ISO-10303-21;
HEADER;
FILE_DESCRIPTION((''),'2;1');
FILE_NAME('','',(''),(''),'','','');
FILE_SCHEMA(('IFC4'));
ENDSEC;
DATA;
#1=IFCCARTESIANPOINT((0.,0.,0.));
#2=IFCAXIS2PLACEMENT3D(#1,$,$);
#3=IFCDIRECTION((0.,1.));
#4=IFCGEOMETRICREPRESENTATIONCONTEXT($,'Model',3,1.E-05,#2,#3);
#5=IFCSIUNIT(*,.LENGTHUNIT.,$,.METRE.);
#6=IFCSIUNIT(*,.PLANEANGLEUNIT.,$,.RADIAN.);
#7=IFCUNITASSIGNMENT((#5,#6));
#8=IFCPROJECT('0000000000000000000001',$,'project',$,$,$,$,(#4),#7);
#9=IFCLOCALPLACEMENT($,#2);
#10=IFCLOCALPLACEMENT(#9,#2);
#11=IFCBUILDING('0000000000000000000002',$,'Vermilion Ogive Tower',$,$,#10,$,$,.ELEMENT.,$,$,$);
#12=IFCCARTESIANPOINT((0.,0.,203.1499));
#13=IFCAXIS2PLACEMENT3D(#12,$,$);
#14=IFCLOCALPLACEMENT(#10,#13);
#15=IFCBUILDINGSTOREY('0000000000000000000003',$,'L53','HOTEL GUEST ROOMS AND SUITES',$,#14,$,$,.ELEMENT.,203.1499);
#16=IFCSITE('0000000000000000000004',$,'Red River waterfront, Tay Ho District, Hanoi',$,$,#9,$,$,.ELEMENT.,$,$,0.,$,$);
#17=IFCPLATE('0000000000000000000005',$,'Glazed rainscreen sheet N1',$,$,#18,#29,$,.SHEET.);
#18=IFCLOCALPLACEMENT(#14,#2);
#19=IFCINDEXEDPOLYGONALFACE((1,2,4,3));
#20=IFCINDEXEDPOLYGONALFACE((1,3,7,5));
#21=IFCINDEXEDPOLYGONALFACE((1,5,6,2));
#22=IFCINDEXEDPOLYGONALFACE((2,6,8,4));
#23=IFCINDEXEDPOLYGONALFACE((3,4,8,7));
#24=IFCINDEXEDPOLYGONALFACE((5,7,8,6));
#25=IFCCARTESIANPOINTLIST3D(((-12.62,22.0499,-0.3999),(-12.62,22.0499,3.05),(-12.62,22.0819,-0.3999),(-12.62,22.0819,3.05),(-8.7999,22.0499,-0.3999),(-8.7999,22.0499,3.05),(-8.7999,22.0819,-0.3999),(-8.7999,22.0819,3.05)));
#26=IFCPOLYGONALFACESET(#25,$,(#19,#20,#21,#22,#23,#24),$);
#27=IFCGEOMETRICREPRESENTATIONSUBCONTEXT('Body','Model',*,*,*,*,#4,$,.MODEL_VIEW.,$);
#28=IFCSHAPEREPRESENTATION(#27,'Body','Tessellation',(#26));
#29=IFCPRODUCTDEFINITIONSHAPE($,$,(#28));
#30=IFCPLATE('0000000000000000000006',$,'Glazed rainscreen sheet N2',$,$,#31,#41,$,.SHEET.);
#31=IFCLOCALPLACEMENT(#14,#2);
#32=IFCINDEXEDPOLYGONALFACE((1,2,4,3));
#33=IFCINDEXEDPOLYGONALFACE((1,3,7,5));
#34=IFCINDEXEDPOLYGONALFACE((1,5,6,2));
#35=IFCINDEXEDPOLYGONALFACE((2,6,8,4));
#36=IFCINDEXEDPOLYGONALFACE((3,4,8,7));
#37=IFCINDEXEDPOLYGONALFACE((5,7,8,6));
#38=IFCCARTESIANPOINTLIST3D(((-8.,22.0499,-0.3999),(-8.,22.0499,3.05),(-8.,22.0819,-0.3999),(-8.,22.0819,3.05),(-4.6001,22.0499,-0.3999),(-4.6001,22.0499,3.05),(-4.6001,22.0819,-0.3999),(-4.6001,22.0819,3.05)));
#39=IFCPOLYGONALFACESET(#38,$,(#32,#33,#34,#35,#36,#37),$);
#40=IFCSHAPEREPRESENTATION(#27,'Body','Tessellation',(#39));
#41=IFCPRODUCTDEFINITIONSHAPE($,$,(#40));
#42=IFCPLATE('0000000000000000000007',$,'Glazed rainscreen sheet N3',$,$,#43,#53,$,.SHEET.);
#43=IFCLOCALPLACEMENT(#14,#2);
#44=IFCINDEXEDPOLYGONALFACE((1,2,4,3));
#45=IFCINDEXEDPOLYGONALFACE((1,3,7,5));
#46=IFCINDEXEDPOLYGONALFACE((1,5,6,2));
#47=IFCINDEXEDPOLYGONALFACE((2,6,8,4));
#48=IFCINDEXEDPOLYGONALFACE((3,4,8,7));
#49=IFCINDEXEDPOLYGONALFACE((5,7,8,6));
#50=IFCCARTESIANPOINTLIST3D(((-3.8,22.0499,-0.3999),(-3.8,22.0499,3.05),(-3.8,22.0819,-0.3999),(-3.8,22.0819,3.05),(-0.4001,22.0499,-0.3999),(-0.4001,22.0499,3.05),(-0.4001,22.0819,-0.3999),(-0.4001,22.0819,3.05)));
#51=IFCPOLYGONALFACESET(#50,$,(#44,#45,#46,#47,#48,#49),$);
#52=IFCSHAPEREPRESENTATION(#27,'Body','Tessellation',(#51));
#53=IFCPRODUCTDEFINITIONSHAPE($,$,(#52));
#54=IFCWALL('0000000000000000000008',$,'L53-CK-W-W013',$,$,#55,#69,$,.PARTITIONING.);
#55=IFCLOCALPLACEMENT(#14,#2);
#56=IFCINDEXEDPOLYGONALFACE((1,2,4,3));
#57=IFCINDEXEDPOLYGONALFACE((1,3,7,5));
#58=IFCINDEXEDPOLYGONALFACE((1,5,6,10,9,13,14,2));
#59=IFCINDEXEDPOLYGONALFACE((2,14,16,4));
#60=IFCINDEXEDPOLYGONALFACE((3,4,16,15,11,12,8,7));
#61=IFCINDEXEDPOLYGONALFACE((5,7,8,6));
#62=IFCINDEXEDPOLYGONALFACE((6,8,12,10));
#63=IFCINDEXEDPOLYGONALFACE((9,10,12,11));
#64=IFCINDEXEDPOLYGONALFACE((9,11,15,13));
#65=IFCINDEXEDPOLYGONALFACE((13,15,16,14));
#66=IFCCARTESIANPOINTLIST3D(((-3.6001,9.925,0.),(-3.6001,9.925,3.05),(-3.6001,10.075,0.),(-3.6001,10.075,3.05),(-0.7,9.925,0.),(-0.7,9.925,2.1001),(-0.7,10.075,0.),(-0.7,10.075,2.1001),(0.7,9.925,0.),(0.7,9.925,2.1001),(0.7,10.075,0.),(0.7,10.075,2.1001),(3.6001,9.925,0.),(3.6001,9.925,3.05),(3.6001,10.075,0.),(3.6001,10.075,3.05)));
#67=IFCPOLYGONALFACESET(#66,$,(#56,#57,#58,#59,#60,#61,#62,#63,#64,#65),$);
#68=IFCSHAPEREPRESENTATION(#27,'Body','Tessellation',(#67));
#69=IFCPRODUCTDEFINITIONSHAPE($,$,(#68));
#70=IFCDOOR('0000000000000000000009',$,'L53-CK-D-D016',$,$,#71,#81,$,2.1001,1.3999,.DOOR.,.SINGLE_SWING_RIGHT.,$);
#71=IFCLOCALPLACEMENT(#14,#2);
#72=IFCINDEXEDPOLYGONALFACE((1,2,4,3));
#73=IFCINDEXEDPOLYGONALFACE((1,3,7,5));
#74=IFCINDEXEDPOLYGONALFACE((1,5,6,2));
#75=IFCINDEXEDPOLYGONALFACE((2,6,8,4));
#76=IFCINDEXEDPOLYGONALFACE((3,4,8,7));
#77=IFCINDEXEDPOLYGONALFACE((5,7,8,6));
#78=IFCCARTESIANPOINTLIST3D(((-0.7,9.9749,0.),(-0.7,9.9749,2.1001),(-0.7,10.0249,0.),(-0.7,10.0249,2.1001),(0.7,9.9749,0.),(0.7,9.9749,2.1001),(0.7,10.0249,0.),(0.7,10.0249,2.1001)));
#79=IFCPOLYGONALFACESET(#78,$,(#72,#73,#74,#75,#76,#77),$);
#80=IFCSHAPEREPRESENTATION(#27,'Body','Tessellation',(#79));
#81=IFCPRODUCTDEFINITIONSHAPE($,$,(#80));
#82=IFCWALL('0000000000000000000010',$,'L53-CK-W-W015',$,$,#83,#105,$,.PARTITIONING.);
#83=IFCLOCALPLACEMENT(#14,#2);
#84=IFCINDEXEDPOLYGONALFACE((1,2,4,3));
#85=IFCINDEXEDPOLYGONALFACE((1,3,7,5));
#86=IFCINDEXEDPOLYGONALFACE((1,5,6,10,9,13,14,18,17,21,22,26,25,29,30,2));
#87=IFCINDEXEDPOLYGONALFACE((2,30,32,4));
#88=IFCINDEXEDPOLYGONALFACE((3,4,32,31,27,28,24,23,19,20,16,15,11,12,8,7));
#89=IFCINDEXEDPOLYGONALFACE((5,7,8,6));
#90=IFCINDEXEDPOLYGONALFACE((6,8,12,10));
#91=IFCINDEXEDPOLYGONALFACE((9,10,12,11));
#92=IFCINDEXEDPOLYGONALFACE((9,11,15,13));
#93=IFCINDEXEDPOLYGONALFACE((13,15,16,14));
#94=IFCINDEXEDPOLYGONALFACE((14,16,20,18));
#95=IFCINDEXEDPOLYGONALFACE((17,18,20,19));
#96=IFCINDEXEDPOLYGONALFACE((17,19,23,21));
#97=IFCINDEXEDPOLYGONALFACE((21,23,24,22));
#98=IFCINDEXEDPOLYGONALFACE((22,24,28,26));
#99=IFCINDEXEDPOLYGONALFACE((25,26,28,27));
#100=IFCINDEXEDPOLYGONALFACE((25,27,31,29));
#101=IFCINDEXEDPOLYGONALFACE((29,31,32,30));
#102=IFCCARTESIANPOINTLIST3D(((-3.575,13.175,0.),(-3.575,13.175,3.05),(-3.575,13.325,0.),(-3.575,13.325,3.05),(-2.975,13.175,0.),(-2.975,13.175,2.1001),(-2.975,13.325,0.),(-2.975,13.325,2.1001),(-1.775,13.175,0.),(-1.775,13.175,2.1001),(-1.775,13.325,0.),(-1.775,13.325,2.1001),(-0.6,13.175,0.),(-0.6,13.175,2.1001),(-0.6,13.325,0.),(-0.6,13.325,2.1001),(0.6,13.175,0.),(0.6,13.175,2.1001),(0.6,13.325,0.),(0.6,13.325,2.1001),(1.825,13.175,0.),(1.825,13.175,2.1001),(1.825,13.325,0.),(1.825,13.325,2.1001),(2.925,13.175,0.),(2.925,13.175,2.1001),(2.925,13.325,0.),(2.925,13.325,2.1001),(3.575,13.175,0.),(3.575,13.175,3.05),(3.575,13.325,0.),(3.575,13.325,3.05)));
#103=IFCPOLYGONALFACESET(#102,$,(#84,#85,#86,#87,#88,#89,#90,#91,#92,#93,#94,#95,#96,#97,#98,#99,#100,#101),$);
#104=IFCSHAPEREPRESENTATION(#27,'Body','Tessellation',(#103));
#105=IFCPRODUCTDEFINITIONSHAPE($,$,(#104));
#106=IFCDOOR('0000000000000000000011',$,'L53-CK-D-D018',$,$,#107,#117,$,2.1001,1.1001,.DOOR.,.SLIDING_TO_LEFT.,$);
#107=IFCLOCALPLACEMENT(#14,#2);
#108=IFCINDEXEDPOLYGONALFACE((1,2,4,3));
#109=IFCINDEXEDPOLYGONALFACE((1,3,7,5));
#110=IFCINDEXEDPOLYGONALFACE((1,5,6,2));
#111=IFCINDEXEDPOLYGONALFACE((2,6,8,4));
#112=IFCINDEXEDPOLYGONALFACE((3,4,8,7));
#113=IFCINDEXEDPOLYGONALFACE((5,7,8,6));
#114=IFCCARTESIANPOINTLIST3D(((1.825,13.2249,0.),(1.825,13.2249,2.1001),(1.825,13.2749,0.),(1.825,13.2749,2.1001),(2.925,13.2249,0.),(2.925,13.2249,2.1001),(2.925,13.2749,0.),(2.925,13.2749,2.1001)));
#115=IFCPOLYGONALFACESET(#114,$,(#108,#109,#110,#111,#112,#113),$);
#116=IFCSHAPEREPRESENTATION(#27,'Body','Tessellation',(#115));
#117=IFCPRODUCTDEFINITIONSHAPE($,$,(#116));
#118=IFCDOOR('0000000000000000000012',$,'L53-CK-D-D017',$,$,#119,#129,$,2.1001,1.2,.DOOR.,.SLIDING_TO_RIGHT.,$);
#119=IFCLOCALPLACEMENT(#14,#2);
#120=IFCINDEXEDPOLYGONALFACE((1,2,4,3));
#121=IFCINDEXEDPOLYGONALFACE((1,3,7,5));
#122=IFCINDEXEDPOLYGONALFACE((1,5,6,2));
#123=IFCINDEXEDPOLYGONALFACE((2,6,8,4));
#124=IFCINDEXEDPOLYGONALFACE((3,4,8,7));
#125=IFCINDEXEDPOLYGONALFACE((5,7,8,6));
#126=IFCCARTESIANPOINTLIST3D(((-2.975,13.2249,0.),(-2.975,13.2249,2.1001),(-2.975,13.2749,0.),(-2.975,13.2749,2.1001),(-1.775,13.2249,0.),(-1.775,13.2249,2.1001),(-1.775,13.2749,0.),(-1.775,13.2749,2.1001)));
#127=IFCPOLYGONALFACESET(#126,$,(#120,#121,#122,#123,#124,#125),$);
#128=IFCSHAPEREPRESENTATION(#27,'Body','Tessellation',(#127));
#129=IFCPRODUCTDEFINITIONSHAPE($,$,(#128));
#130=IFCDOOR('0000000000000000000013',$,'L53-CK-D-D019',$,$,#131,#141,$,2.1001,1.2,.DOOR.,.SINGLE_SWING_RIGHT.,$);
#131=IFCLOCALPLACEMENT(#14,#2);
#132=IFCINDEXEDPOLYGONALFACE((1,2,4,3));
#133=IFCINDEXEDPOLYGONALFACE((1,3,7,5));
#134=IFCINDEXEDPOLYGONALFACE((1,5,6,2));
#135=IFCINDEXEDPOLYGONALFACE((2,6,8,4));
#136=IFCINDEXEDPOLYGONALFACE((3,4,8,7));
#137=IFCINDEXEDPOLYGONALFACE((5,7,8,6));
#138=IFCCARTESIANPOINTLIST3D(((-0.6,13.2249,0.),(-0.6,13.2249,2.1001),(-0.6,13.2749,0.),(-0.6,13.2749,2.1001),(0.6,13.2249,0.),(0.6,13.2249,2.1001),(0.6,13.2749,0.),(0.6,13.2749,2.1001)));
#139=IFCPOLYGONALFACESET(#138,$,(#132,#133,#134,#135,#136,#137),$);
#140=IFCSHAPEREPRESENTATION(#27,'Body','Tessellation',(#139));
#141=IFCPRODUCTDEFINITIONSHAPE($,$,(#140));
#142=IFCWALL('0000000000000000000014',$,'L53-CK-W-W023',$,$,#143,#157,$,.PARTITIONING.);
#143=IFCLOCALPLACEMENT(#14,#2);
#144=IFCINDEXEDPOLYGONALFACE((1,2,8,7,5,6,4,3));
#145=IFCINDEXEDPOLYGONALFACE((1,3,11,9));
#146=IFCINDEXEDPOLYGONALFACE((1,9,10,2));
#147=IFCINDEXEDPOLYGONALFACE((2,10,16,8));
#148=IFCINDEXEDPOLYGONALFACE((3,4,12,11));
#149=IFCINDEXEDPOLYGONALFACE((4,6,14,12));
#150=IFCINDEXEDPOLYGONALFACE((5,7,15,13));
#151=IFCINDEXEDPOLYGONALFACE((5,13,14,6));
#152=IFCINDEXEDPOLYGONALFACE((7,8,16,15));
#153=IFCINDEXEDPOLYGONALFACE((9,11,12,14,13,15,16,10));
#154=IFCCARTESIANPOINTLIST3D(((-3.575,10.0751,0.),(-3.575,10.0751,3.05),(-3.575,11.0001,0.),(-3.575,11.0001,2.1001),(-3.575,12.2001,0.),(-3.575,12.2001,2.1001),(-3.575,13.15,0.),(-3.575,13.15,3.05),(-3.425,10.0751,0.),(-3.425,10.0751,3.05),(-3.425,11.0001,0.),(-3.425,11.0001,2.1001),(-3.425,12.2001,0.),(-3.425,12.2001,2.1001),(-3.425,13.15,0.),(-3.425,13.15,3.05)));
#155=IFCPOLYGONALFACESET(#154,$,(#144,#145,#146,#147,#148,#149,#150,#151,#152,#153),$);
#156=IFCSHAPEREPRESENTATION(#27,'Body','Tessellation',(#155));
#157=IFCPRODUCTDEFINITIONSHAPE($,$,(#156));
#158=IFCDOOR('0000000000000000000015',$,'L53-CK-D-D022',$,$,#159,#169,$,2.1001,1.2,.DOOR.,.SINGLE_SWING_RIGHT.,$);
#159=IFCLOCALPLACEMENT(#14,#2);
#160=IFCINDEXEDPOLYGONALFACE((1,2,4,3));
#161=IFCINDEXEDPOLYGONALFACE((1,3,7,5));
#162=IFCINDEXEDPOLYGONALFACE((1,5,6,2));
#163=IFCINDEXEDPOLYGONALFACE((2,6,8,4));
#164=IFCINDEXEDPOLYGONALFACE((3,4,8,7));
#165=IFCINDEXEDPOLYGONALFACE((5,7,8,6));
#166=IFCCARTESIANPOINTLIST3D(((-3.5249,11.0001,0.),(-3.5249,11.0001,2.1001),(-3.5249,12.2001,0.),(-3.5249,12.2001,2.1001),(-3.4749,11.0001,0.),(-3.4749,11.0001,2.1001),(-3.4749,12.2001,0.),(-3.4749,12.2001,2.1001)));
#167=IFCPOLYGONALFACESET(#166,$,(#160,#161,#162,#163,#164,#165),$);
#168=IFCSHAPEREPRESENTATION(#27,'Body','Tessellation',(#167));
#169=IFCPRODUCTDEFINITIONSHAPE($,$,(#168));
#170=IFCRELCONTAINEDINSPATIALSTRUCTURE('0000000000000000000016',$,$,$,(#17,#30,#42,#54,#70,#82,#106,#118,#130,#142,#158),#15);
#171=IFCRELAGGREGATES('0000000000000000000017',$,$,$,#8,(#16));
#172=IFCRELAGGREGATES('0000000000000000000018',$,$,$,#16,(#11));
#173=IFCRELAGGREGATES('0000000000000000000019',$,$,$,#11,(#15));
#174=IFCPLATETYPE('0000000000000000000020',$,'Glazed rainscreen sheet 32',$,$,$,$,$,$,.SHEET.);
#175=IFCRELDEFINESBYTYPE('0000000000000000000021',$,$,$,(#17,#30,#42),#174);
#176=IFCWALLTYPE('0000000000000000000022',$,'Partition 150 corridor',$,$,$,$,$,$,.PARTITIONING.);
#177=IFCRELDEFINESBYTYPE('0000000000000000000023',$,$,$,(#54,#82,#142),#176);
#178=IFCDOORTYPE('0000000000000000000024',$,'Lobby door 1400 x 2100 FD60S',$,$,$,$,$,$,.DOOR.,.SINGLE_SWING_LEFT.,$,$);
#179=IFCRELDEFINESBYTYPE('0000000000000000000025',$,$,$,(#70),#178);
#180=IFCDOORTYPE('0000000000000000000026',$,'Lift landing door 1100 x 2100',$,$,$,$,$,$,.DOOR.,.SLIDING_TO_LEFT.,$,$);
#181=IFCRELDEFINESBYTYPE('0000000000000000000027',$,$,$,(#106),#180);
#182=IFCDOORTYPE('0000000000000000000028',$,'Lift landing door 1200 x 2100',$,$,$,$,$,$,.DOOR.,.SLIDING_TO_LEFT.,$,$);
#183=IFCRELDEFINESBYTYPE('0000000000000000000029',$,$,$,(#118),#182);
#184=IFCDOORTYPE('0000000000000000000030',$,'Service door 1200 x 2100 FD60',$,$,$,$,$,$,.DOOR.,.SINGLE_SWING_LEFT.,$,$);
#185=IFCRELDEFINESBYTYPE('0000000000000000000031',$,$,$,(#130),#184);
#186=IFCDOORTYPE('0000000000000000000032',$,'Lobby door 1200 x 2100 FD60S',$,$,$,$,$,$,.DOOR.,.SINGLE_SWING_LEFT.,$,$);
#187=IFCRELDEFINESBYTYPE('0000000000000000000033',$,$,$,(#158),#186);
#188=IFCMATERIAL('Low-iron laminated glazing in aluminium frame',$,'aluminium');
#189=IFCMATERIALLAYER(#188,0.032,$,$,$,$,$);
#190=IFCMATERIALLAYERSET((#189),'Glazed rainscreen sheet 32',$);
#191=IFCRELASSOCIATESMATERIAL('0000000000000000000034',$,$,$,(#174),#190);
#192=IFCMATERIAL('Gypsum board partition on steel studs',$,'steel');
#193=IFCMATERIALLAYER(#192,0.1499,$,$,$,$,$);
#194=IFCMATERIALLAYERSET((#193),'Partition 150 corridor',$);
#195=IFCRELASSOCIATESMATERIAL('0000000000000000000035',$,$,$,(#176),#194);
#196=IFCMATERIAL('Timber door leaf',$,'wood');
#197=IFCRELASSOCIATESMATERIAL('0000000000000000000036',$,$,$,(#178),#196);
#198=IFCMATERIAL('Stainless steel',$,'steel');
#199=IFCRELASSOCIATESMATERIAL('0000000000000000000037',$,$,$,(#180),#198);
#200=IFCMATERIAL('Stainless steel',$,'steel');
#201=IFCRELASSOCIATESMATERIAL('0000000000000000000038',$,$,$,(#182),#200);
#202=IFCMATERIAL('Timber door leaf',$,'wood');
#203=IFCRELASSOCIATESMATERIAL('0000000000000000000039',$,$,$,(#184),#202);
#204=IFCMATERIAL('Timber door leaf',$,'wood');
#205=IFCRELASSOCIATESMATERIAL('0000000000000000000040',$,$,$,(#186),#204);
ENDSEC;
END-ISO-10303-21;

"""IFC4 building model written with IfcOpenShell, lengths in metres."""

from ifc_helpers import new_model, si_unit, direction, frame, frame_2d, origin, origin_2d, place, context, subcontext, project, spatial, rectangle, extrude, material, layer, layer_set, type_object, element, fill, save


model = new_model("IFC4")

# Units and contexts
model_context = context("Model", 3, precision=1e-05, world=origin(), true_north=direction((0.0, 1.0)))
body_context = subcontext(model_context, "Body", "Model", "MODEL_VIEW")
ifc_project = project(units=[si_unit("LENGTHUNIT", "METRE"), si_unit("PLANEANGLEUNIT", "RADIAN")], contexts=[model_context])

# Site, building, storey
site_placement = place(None, origin())
site = spatial("IfcSite", under=ifc_project, at=site_placement, Name="Red River waterfront, Tay Ho District, Hanoi", CompositionType="ELEMENT", RefElevation=0.0)
building_placement = place(site_placement, origin())
building = spatial("IfcBuilding", under=site, at=building_placement, Name="Vermilion Ogive Tower", CompositionType="ELEMENT")
storey_placement = place(building_placement, frame((0.0, 0.0, 203.1499)))
storey = spatial("IfcBuildingStorey", under=building, at=storey_placement, Name="L53", Description="HOTEL GUEST ROOMS AND SUITES", CompositionType="ELEMENT", Elevation=203.1499)

# Plates
ifc_material_1 = material(Name="Low-iron laminated glazing in aluminium frame", Category="aluminium")
ifc_layer_1 = layer(ifc_material_1, 0.032)
ifc_layer_set_1 = layer_set([ifc_layer_1], Name="Glazed rainscreen sheet 32")
plate_type = type_object("IfcPlateType", Name="Glazed rainscreen sheet 32", PredefinedType="SHEET", material=ifc_layer_set_1)
plate_placement = place(storey_placement, frame((-10.71, 22.0659, -0.3999), z_axis=(0.0, 0.0, 1.0), x_axis=(1.0, 0.0, 0.0)))
element("IfcPlate", 1, at=plate_placement, inside=storey, type_object=plate_type, Name="Glazed rainscreen sheet N1", PredefinedType="SHEET", context=body_context, shape_type="SweptSolid", body=[
    extrude(rectangle(XDim=3.8201, YDim=0.032, at=origin_2d()), origin(), (0.0, 0.0, 1.0), 3.45),
])
for number, where, z_axis, x_axis, name in (
    (2, (-6.3, 22.0659, -0.3999), (0.0, 0.0, 1.0), (1.0, 0.0, 0.0), "Glazed rainscreen sheet N2"),
    (3, (-2.1001, 22.0659, -0.3999), (0.0, 0.0, 1.0), (1.0, 0.0, 0.0), "Glazed rainscreen sheet N3"),
):
    element("IfcPlate", number, at=place(storey_placement, frame(where, z_axis=z_axis, x_axis=x_axis)), inside=storey, type_object=plate_type, Name=name, PredefinedType="SHEET", context=body_context, shape_type="SweptSolid", body=[
        extrude(rectangle(XDim=3.3999, YDim=0.032, at=origin_2d()), origin(), (0.0, 0.0, 1.0), 3.45),
    ])

# Wall, opening, door
ifc_material_2 = material(Name="Gypsum board partition on steel studs", Category="steel")
ifc_layer_2 = layer(ifc_material_2, 0.1499)
ifc_layer_set_2 = layer_set([ifc_layer_2], Name="Partition 150 corridor")
wall_type_1 = type_object("IfcWallType", Name="Partition 150 corridor", PredefinedType="PARTITIONING", material=ifc_layer_set_2)
wall_1_placement = place(storey_placement, frame((-3.6001, 10.0, 0.0), z_axis=(0.0, 0.0, 1.0), x_axis=(1.0, 0.0, 0.0)))
wall_1 = element("IfcWall", 4, at=wall_1_placement, inside=storey, type_object=wall_type_1, Name="L53-CK-W-W013", PredefinedType="PARTITIONING", context=body_context, shape_type="SweptSolid", body=[
    extrude(rectangle(XDim=7.2002, YDim=0.1499, at=frame_2d((3.6001, 0.0))), origin(), (0.0, 0.0, 1.0), 3.05),
])
opening_1_placement = place(wall_1_placement, frame((2.9001, 0.0, 0.0)))
opening_1 = element("IfcOpeningElement", 5, at=opening_1_placement, cuts=wall_1, PredefinedType="OPENING", context=body_context, shape_type="SweptSolid", body=[
    extrude(rectangle(XDim=1.3999, YDim=2.1001, at=frame_2d((0.7, 1.05))), frame((0.0, 0.085, 0.0), z_axis=(0.0, -1.0, 0.0), x_axis=(1.0, 0.0, 0.0)), (0.0, 0.0, 1.0), 0.1699),
])
ifc_material_3 = material(Name="Timber door leaf", Category="wood")
door_type_1 = type_object("IfcDoorType", Name="Lobby door 1400 x 2100 FD60S", OperationType="SINGLE_SWING_LEFT", PredefinedType="DOOR", material=ifc_material_3)
door_1_placement = place(opening_1_placement, origin())
door_1 = element("IfcDoor", 6, at=door_1_placement, inside=storey, type_object=door_type_1, Name="L53-CK-D-D016", OperationType="SINGLE_SWING_RIGHT", OverallHeight=2.1001, OverallWidth=1.3999, PredefinedType="DOOR", context=body_context, shape_type="SweptSolid", body=[
    extrude(rectangle(XDim=1.3999, YDim=2.1001, at=frame_2d((0.7, 1.05))), frame((0.0, 0.0249, 0.0), z_axis=(0.0, -1.0, 0.0), x_axis=(1.0, 0.0, 0.0)), (0.0, 0.0, 1.0), 0.05),
])
fill(opening_1, door_1)

# Wall, openings, doors
wall_2_placement = place(storey_placement, frame((-3.575, 13.25, 0.0), z_axis=(0.0, 0.0, 1.0), x_axis=(1.0, 0.0, 0.0)))
wall_2 = element("IfcWall", 7, at=wall_2_placement, inside=storey, type_object=wall_type_1, Name="L53-CK-W-W015", PredefinedType="PARTITIONING", context=body_context, shape_type="SweptSolid", body=[
    extrude(rectangle(XDim=7.1499, YDim=0.1499, at=frame_2d((3.575, 0.0))), origin(), (0.0, 0.0, 1.0), 3.05),
])
opening_2_placement = place(wall_2_placement, frame((0.5999, 0.0, 0.0)))
opening_2 = element("IfcOpeningElement", 8, at=opening_2_placement, cuts=wall_2, PredefinedType="OPENING", context=body_context, shape_type="SweptSolid", body=[
    extrude(rectangle(XDim=1.2, YDim=2.1001, at=frame_2d((0.6001, 1.05))), frame((0.0, 0.085, 0.0), z_axis=(0.0, -1.0, 0.0), x_axis=(1.0, 0.0, 0.0)), (0.0, 0.0, 1.0), 0.1699),
])
opening_3_placement = place(wall_2_placement, frame((5.3999, 0.0, 0.0)))
opening_3 = element("IfcOpeningElement", 9, at=opening_3_placement, cuts=wall_2, PredefinedType="OPENING", context=body_context, shape_type="SweptSolid", body=[
    extrude(rectangle(XDim=1.1001, YDim=2.1001, at=frame_2d((0.55, 1.05))), frame((0.0, 0.085, 0.0), z_axis=(0.0, -1.0, 0.0), x_axis=(1.0, 0.0, 0.0)), (0.0, 0.0, 1.0), 0.1699),
])
opening_4_placement = place(wall_2_placement, frame((2.9749, 0.0, 0.0)))
opening_4 = element("IfcOpeningElement", 10, at=opening_4_placement, cuts=wall_2, PredefinedType="OPENING", context=body_context, shape_type="SweptSolid", body=[
    extrude(rectangle(XDim=1.2, YDim=2.1001, at=frame_2d((0.6001, 1.05))), frame((0.0, 0.085, 0.0), z_axis=(0.0, -1.0, 0.0), x_axis=(1.0, 0.0, 0.0)), (0.0, 0.0, 1.0), 0.1699),
])
ifc_material_4 = material(Name="Stainless steel", Category="steel")
door_type_2 = type_object("IfcDoorType", Name="Lift landing door 1100 x 2100", OperationType="SLIDING_TO_LEFT", PredefinedType="DOOR", material=ifc_material_4)
door_2_placement = place(opening_3_placement, origin())
door_2 = element("IfcDoor", 11, at=door_2_placement, inside=storey, type_object=door_type_2, Name="L53-CK-D-D018", OperationType="SLIDING_TO_LEFT", OverallHeight=2.1001, OverallWidth=1.1001, PredefinedType="DOOR", context=body_context, shape_type="SweptSolid", body=[
    extrude(rectangle(XDim=1.1001, YDim=2.1001, at=frame_2d((0.55, 1.05))), frame((0.0, 0.0249, 0.0), z_axis=(0.0, -1.0, 0.0), x_axis=(1.0, 0.0, 0.0)), (0.0, 0.0, 1.0), 0.05),
])
fill(opening_3, door_2)
ifc_material_5 = material(Name="Stainless steel", Category="steel")
door_type_3 = type_object("IfcDoorType", Name="Lift landing door 1200 x 2100", OperationType="SLIDING_TO_LEFT", PredefinedType="DOOR", material=ifc_material_5)
door_3_placement = place(opening_2_placement, origin())
door_3 = element("IfcDoor", 12, at=door_3_placement, inside=storey, type_object=door_type_3, Name="L53-CK-D-D017", OperationType="SLIDING_TO_RIGHT", OverallHeight=2.1001, OverallWidth=1.2, PredefinedType="DOOR", context=body_context, shape_type="SweptSolid", body=[
    extrude(rectangle(XDim=1.2, YDim=2.1001, at=frame_2d((0.6001, 1.05))), frame((0.0, 0.0249, 0.0), z_axis=(0.0, -1.0, 0.0), x_axis=(1.0, 0.0, 0.0)), (0.0, 0.0, 1.0), 0.05),
])
fill(opening_2, door_3)
ifc_material_6 = material(Name="Timber door leaf", Category="wood")
door_type_4 = type_object("IfcDoorType", Name="Service door 1200 x 2100 FD60", OperationType="SINGLE_SWING_LEFT", PredefinedType="DOOR", material=ifc_material_6)
door_4_placement = place(opening_4_placement, origin())
door_4 = element("IfcDoor", 13, at=door_4_placement, inside=storey, type_object=door_type_4, Name="L53-CK-D-D019", OperationType="SINGLE_SWING_RIGHT", OverallHeight=2.1001, OverallWidth=1.2, PredefinedType="DOOR", context=body_context, shape_type="SweptSolid", body=[
    extrude(rectangle(XDim=1.2, YDim=2.1001, at=frame_2d((0.6001, 1.05))), frame((0.0, 0.0249, 0.0), z_axis=(0.0, -1.0, 0.0), x_axis=(1.0, 0.0, 0.0)), (0.0, 0.0, 1.0), 0.05),
])
fill(opening_4, door_4)

# Wall, opening, door
wall_3_placement = place(storey_placement, frame((-3.5, 10.075, 0.0), z_axis=(0.0, 0.0, 1.0), x_axis=(0.0, 1.0, 0.0)))
wall_3 = element("IfcWall", 14, at=wall_3_placement, inside=storey, type_object=wall_type_1, Name="L53-CK-W-W023", PredefinedType="PARTITIONING", context=body_context, shape_type="SweptSolid", body=[
    extrude(rectangle(XDim=3.075, YDim=0.1499, at=frame_2d((1.5376, 0.0))), origin(), (0.0, 0.0, 1.0), 3.05),
])
opening_5_placement = place(wall_3_placement, frame((0.925, 0.0, 0.0)))
opening_5 = element("IfcOpeningElement", 15, at=opening_5_placement, cuts=wall_3, PredefinedType="OPENING", context=body_context, shape_type="SweptSolid", body=[
    extrude(rectangle(XDim=1.2, YDim=2.1001, at=frame_2d((0.6001, 1.05))), frame((0.0, 0.085, 0.0), z_axis=(0.0, -1.0, 0.0), x_axis=(1.0, 0.0, 0.0)), (0.0, 0.0, 1.0), 0.1699),
])
ifc_material_7 = material(Name="Timber door leaf", Category="wood")
door_type_5 = type_object("IfcDoorType", Name="Lobby door 1200 x 2100 FD60S", OperationType="SINGLE_SWING_LEFT", PredefinedType="DOOR", material=ifc_material_7)
door_5_placement = place(opening_5_placement, origin())
door_5 = element("IfcDoor", 16, at=door_5_placement, inside=storey, type_object=door_type_5, Name="L53-CK-D-D022", OperationType="SINGLE_SWING_RIGHT", OverallHeight=2.1001, OverallWidth=1.2, PredefinedType="DOOR", context=body_context, shape_type="SweptSolid", body=[
    extrude(rectangle(XDim=1.2, YDim=2.1001, at=frame_2d((0.6001, 1.05))), frame((0.0, 0.0249, 0.0), z_axis=(0.0, -1.0, 0.0), x_axis=(1.0, 0.0, 0.0)), (0.0, 0.0, 1.0), 0.05),
])
fill(opening_5, door_5)

save(model, "model.ifc")
